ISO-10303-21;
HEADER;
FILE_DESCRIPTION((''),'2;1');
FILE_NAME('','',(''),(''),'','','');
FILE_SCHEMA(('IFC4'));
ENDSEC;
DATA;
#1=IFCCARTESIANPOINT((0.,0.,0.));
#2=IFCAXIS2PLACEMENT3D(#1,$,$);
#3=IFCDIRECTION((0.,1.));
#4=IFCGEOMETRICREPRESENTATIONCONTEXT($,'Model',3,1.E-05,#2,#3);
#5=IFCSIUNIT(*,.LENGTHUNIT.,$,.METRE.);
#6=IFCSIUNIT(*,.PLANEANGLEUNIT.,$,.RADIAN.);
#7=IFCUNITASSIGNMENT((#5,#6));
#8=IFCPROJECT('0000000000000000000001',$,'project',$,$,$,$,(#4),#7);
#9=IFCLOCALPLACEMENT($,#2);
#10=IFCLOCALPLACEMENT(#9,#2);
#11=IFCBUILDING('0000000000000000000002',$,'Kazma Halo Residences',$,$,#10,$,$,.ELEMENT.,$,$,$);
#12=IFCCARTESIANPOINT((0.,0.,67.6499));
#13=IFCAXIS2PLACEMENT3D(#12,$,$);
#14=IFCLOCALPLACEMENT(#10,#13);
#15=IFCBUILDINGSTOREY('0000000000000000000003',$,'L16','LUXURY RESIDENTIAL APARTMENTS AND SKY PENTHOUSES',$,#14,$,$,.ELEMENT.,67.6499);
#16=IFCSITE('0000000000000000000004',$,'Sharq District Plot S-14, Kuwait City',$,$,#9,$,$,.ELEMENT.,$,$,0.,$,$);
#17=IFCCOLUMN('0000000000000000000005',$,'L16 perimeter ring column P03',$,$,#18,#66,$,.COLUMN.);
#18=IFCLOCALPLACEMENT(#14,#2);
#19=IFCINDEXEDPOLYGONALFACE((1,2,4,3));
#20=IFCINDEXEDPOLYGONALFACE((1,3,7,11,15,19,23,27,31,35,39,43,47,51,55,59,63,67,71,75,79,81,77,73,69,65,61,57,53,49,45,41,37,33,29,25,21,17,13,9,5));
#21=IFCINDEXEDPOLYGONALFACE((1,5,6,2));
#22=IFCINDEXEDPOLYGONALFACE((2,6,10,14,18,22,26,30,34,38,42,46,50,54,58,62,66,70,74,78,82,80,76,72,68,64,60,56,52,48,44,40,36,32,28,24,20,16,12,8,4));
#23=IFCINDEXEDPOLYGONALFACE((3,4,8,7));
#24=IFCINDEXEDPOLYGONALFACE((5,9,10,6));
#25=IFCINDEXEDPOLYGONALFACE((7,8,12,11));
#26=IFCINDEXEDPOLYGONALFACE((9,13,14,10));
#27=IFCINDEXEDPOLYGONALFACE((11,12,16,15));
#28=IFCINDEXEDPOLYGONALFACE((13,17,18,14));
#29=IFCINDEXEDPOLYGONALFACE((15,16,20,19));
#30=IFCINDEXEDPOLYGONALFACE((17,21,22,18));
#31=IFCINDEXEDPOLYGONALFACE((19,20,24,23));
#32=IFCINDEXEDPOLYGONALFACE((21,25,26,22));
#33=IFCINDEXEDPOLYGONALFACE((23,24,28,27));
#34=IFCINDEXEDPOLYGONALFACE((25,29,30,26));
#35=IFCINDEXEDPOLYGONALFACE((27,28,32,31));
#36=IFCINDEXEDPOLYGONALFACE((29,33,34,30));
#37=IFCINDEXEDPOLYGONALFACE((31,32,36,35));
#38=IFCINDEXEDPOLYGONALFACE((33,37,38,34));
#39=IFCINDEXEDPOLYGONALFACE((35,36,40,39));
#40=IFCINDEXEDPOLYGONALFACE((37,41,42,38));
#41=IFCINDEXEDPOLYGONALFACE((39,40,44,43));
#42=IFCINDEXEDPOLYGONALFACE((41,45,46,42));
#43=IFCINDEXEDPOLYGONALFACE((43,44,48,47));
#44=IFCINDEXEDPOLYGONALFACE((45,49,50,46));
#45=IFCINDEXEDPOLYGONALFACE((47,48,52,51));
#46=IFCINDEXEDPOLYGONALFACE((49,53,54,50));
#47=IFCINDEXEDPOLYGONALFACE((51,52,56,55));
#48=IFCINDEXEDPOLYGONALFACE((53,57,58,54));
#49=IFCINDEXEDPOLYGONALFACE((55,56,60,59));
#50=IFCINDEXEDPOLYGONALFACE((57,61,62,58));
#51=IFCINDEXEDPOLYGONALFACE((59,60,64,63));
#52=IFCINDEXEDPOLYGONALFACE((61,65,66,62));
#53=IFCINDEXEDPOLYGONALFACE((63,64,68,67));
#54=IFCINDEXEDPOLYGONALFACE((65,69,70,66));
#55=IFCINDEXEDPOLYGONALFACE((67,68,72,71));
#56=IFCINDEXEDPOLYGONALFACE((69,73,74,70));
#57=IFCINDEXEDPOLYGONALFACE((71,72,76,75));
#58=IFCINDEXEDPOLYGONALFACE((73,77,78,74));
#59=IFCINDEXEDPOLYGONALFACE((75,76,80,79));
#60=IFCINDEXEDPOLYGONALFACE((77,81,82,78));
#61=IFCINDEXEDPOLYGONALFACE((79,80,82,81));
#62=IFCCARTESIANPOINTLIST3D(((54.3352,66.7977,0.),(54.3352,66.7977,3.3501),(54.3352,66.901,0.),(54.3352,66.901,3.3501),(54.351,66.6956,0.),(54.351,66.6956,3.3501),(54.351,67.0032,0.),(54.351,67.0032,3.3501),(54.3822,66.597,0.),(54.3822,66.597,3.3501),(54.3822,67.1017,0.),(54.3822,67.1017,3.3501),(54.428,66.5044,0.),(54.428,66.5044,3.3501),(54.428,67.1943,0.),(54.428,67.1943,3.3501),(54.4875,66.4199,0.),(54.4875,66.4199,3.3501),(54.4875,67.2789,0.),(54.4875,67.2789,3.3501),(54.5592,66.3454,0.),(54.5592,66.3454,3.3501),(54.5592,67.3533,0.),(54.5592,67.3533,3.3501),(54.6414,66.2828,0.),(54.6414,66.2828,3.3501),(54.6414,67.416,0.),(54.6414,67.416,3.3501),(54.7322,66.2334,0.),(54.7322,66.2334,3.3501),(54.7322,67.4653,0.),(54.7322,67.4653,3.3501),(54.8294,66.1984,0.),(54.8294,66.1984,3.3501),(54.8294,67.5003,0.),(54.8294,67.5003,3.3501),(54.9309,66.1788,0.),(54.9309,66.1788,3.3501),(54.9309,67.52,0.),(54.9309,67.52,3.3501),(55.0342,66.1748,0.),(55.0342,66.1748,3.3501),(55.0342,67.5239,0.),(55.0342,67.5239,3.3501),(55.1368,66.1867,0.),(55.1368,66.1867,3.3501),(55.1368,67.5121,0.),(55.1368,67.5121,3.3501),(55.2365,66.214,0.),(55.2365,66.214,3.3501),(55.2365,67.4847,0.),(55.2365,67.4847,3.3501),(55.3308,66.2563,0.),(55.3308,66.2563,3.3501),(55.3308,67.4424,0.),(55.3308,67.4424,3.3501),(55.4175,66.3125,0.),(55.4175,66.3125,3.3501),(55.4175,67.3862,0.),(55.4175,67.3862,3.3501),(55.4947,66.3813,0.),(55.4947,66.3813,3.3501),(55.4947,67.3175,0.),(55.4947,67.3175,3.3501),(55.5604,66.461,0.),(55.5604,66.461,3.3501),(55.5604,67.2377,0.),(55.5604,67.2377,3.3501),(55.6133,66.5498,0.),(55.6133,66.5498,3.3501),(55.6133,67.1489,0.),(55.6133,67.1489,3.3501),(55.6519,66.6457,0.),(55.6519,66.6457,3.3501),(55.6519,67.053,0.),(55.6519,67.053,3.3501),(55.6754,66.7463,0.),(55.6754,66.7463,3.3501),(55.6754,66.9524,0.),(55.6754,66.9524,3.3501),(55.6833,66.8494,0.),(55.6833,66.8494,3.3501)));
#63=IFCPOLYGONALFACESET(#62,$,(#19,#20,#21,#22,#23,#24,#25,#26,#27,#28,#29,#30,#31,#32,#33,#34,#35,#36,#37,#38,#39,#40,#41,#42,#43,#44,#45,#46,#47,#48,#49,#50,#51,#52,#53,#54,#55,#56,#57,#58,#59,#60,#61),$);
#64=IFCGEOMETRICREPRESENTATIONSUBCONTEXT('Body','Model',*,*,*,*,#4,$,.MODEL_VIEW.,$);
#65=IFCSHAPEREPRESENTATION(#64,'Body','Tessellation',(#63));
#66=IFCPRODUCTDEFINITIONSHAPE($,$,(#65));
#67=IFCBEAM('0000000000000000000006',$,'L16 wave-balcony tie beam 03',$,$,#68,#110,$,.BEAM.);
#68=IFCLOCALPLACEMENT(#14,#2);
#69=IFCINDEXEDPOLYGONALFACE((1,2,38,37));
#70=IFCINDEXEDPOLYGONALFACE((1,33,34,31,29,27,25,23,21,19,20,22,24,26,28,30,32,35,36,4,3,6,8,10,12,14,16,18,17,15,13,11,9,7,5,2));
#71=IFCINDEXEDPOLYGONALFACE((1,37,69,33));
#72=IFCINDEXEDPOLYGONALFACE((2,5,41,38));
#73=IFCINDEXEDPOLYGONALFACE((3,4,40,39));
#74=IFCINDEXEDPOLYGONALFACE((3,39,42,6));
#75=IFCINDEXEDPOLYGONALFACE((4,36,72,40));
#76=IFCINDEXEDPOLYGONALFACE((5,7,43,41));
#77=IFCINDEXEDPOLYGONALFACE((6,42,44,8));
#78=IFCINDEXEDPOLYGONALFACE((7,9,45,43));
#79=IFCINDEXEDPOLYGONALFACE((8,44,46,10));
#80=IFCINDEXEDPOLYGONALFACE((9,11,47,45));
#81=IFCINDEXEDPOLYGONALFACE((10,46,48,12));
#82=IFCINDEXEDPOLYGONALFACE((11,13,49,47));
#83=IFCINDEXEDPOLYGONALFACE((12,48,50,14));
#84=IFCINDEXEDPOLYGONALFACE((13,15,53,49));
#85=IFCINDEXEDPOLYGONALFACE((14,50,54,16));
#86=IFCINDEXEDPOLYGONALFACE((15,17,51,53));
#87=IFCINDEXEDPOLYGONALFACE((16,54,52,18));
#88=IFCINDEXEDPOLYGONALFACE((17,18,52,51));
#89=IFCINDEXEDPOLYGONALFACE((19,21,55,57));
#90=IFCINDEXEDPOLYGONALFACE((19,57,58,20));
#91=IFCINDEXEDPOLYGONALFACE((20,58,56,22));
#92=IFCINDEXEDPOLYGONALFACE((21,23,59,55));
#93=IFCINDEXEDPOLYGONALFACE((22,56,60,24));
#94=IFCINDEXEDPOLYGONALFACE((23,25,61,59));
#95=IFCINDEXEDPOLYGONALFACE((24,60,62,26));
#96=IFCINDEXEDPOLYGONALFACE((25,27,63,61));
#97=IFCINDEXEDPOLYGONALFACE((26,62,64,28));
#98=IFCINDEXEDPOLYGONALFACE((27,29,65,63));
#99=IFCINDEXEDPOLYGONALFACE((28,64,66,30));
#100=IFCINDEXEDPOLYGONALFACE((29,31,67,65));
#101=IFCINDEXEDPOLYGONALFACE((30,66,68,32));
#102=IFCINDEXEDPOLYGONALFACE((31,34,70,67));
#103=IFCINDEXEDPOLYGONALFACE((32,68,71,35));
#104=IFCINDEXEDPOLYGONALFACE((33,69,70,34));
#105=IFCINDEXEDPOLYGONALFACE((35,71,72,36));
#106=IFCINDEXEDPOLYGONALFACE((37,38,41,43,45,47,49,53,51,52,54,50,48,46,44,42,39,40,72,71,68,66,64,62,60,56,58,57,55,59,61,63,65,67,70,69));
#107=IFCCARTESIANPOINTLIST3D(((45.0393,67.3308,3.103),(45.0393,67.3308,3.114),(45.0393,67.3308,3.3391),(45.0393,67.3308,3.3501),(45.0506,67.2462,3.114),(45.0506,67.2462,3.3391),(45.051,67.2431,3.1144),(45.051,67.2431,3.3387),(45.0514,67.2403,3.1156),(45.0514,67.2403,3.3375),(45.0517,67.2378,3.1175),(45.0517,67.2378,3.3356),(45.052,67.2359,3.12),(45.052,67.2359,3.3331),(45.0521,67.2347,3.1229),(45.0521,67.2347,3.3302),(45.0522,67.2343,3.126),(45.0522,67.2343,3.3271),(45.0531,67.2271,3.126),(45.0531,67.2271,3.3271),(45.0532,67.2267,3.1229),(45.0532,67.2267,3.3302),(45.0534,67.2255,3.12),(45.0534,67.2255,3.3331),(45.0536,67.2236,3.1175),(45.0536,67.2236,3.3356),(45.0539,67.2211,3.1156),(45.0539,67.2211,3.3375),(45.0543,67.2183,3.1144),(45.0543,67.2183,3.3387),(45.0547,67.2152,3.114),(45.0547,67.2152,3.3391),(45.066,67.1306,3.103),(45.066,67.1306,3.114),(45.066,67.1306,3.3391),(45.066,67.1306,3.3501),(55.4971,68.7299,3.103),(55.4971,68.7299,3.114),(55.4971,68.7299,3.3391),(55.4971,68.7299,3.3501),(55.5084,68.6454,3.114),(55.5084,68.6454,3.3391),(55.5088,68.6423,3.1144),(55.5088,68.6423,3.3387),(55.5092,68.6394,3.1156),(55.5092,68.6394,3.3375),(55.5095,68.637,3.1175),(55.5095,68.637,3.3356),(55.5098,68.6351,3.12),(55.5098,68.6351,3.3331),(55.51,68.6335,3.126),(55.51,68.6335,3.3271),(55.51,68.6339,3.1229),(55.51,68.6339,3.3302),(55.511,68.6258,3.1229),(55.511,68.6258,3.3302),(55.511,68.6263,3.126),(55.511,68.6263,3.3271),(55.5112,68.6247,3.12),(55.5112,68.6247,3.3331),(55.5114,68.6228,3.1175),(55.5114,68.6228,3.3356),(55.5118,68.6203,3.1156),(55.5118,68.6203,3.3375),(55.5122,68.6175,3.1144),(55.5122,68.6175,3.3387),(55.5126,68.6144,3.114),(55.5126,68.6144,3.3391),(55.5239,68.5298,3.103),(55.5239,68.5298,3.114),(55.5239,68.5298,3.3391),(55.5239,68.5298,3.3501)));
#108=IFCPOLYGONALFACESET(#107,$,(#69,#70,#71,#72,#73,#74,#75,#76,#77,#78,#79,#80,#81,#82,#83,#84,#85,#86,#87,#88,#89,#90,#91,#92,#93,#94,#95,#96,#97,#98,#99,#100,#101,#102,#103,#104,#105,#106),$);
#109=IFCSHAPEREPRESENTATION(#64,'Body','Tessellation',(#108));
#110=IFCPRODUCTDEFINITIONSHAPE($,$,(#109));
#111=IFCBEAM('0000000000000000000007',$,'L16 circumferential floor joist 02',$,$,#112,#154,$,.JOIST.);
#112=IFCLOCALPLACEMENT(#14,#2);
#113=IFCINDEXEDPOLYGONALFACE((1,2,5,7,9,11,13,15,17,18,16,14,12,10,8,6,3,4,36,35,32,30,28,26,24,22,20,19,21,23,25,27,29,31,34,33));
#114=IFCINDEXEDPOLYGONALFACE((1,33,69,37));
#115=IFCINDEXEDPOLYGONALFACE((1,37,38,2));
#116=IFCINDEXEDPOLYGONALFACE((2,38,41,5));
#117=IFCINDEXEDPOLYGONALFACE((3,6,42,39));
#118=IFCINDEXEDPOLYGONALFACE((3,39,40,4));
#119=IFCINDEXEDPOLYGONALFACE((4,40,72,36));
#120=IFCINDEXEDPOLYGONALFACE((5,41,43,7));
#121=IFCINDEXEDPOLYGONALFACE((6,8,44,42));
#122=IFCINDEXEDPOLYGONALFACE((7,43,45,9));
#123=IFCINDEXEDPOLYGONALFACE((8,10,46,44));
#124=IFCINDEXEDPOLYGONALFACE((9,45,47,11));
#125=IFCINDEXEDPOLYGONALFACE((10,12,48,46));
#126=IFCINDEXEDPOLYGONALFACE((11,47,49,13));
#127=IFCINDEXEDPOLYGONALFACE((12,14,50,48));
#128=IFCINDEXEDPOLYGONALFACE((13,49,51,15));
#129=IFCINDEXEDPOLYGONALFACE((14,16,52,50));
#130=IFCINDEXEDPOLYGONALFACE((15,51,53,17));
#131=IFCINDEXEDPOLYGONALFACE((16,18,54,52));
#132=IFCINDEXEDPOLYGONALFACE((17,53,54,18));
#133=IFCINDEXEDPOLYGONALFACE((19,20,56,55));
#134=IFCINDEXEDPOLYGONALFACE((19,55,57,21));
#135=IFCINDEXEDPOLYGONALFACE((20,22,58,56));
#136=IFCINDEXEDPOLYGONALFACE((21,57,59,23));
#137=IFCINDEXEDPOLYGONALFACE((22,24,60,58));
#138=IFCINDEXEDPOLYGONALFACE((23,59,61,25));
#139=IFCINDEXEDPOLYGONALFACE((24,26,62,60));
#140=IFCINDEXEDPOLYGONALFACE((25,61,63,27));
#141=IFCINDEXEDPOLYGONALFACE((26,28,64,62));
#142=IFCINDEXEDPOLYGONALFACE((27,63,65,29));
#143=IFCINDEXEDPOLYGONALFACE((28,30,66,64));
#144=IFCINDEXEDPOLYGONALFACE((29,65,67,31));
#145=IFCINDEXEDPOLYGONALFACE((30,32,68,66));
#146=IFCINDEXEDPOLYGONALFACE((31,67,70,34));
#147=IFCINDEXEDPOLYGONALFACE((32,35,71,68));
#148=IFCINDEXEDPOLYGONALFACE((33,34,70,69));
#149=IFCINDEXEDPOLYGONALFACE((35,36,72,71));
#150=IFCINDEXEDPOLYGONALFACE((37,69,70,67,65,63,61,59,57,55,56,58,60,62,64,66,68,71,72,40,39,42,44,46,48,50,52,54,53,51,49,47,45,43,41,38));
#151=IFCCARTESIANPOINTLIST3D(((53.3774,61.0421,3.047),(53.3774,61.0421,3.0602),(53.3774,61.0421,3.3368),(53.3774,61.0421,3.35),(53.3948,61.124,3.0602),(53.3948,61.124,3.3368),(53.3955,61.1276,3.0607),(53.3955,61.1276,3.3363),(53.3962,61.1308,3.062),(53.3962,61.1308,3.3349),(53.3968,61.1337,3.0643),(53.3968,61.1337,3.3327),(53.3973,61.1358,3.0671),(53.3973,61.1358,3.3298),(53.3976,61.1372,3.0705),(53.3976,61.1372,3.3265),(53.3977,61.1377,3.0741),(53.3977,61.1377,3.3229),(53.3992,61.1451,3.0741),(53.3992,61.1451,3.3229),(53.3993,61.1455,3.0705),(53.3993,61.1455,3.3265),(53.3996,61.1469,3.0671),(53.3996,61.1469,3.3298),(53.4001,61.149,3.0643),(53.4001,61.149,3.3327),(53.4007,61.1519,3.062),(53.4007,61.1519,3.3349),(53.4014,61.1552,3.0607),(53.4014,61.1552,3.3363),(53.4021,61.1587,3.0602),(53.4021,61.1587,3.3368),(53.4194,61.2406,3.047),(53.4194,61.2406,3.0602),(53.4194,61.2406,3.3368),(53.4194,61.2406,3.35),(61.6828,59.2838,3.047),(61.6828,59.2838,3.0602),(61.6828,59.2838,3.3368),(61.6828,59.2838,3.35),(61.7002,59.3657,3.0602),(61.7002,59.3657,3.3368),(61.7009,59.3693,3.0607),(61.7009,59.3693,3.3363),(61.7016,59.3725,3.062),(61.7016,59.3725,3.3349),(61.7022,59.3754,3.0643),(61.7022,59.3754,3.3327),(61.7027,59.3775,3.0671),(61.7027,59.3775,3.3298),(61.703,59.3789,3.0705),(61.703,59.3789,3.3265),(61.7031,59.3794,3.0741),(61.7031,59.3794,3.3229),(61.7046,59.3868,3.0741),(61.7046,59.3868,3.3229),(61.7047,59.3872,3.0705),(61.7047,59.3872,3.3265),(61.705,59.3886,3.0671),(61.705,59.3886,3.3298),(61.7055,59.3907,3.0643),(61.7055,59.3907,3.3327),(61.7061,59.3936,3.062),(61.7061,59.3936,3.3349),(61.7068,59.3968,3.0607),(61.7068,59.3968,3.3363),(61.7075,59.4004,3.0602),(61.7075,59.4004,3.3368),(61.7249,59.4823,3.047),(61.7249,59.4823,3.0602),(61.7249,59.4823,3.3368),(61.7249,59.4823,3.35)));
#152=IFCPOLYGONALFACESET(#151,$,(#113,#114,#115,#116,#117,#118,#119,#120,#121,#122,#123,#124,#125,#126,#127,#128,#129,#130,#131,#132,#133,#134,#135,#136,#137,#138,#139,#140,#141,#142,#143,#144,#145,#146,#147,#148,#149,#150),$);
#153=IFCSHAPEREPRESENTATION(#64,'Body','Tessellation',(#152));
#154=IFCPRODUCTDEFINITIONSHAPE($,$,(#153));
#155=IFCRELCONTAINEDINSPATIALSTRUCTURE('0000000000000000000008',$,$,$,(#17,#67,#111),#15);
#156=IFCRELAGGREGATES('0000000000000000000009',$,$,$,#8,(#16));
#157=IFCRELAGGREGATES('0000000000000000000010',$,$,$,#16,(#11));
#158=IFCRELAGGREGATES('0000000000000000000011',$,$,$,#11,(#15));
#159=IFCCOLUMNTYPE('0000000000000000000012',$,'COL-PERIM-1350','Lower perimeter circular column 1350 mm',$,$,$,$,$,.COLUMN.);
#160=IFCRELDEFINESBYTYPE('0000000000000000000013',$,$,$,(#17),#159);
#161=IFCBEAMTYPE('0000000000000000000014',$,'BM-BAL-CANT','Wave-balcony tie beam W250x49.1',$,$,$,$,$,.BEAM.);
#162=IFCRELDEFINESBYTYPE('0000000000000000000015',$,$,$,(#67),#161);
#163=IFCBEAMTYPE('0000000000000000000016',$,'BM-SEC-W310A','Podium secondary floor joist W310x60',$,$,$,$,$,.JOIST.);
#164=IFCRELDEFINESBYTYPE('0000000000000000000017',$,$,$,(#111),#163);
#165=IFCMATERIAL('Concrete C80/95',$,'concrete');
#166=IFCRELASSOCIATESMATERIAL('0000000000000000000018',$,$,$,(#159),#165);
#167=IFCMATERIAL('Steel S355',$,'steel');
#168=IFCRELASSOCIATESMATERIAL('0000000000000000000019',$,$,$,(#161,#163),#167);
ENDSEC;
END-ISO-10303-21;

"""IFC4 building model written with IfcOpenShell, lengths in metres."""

from ifc_helpers import new_model, si_unit, direction, frame, origin, origin_2d, place, context, subcontext, project, spatial, circle, i_section, extrude, material, material_profile, profile_set, type_object, element, save


model = new_model("IFC4")

# Units and contexts
model_context = context("Model", 3, precision=1e-05, world=origin(), true_north=direction((0.0, 1.0)))
body_context = subcontext(model_context, "Body", "Model", "MODEL_VIEW")
ifc_project = project(units=[si_unit("LENGTHUNIT", "METRE"), si_unit("PLANEANGLEUNIT", "RADIAN")], contexts=[model_context])

# Site, building, storey
site_placement = place(None, origin())
site = spatial("IfcSite", under=ifc_project, at=site_placement, Name="Sharq District Plot S-14, Kuwait City", CompositionType="ELEMENT", RefElevation=0.0)
building_placement = place(site_placement, origin())
building = spatial("IfcBuilding", under=site, at=building_placement, Name="Kazma Halo Residences", CompositionType="ELEMENT")
storey_placement = place(building_placement, frame((0.0, 0.0, 67.6499)))
storey = spatial("IfcBuildingStorey", under=building, at=storey_placement, Name="L16", Description="LUXURY RESIDENTIAL APARTMENTS AND SKY PENTHOUSES", CompositionType="ELEMENT", Elevation=67.6499)

# Column
ifc_material_1 = material(Name="Concrete C80/95", Category="concrete")
ifc_material_profile_1 = material_profile(ifc_material_1, circle(Radius=0.675, at=origin_2d()), Name="CIRC1350")
ifc_profile_set_1 = profile_set([ifc_material_profile_1], Name="Concrete C80/95")
column_type = type_object("IfcColumnType", Name="COL-PERIM-1350", Description="Lower perimeter circular column 1350 mm", PredefinedType="COLUMN", material=ifc_profile_set_1)
column_placement = place(storey_placement, frame((55.0083, 66.8494, 0.0), z_axis=(0.0, 0.0, 1.0), x_axis=(1.0, 0.0, 0.0)))
element("IfcColumn", 1, at=column_placement, inside=storey, type_object=column_type, Name="L16 perimeter ring column P03", PredefinedType="COLUMN", context=body_context, shape_type="SweptSolid", body=[
    extrude(circle(Radius=0.675, at=origin_2d()), origin(), (0.0, 0.0, 1.0), 3.3501),
])

# Beams
ifc_material_2 = material(Name="Steel S355", Category="steel")
ifc_material_profile_2 = material_profile(ifc_material_2, i_section(OverallWidth=0.2019, OverallDepth=0.2471, WebThickness=0.0073, FlangeThickness=0.011, FilletRadius=0.012, at=origin_2d()), Name="W250x49.1")
ifc_profile_set_2 = profile_set([ifc_material_profile_2], Name="Steel S355")
beam_type_1 = type_object("IfcBeamType", Name="BM-BAL-CANT", Description="Wave-balcony tie beam W250x49.1", PredefinedType="BEAM", material=ifc_profile_set_2)
beam_1_placement = place(storey_placement, frame((55.5105, 68.6299, 3.2266), z_axis=(-0.991168, -0.132611, 0.0), x_axis=(0.132611, -0.991168, 0.0)))
element("IfcBeam", 2, at=beam_1_placement, inside=storey, type_object=beam_type_1, Name="L16 wave-balcony tie beam 03", PredefinedType="BEAM", context=body_context, shape_type="SweptSolid", body=[
    extrude(i_section(OverallWidth=0.2019, OverallDepth=0.2471, WebThickness=0.0073, FlangeThickness=0.011, FilletRadius=0.012, at=origin_2d()), origin(), (0.0, 0.0, 1.0), 10.551),
])
ifc_material_profile_3 = material_profile(ifc_material_2, i_section(OverallWidth=0.2029, OverallDepth=0.303, WebThickness=0.0076, FlangeThickness=0.0132, FilletRadius=0.0139, at=origin_2d()), Name="W310x60")
ifc_profile_set_3 = profile_set([ifc_material_profile_3], Name="Steel S355")
beam_type_2 = type_object("IfcBeamType", Name="BM-SEC-W310A", Description="Podium secondary floor joist W310x60", PredefinedType="JOIST", material=ifc_profile_set_3)
beam_2_placement = place(storey_placement, frame((61.7039, 59.3831, 3.1985), z_axis=(-0.978317, 0.207115, 0.0), x_axis=(-0.207115, -0.978317, 0.0)))
element("IfcBeam", 3, at=beam_2_placement, inside=storey, type_object=beam_type_2, Name="L16 circumferential floor joist 02", PredefinedType="JOIST", context=body_context, shape_type="SweptSolid", body=[
    extrude(i_section(OverallWidth=0.2029, OverallDepth=0.303, WebThickness=0.0076, FlangeThickness=0.0132, FilletRadius=0.0139, at=origin_2d()), origin(), (0.0, 0.0, 1.0), 8.4895),
])

save(model, "model.ifc")
